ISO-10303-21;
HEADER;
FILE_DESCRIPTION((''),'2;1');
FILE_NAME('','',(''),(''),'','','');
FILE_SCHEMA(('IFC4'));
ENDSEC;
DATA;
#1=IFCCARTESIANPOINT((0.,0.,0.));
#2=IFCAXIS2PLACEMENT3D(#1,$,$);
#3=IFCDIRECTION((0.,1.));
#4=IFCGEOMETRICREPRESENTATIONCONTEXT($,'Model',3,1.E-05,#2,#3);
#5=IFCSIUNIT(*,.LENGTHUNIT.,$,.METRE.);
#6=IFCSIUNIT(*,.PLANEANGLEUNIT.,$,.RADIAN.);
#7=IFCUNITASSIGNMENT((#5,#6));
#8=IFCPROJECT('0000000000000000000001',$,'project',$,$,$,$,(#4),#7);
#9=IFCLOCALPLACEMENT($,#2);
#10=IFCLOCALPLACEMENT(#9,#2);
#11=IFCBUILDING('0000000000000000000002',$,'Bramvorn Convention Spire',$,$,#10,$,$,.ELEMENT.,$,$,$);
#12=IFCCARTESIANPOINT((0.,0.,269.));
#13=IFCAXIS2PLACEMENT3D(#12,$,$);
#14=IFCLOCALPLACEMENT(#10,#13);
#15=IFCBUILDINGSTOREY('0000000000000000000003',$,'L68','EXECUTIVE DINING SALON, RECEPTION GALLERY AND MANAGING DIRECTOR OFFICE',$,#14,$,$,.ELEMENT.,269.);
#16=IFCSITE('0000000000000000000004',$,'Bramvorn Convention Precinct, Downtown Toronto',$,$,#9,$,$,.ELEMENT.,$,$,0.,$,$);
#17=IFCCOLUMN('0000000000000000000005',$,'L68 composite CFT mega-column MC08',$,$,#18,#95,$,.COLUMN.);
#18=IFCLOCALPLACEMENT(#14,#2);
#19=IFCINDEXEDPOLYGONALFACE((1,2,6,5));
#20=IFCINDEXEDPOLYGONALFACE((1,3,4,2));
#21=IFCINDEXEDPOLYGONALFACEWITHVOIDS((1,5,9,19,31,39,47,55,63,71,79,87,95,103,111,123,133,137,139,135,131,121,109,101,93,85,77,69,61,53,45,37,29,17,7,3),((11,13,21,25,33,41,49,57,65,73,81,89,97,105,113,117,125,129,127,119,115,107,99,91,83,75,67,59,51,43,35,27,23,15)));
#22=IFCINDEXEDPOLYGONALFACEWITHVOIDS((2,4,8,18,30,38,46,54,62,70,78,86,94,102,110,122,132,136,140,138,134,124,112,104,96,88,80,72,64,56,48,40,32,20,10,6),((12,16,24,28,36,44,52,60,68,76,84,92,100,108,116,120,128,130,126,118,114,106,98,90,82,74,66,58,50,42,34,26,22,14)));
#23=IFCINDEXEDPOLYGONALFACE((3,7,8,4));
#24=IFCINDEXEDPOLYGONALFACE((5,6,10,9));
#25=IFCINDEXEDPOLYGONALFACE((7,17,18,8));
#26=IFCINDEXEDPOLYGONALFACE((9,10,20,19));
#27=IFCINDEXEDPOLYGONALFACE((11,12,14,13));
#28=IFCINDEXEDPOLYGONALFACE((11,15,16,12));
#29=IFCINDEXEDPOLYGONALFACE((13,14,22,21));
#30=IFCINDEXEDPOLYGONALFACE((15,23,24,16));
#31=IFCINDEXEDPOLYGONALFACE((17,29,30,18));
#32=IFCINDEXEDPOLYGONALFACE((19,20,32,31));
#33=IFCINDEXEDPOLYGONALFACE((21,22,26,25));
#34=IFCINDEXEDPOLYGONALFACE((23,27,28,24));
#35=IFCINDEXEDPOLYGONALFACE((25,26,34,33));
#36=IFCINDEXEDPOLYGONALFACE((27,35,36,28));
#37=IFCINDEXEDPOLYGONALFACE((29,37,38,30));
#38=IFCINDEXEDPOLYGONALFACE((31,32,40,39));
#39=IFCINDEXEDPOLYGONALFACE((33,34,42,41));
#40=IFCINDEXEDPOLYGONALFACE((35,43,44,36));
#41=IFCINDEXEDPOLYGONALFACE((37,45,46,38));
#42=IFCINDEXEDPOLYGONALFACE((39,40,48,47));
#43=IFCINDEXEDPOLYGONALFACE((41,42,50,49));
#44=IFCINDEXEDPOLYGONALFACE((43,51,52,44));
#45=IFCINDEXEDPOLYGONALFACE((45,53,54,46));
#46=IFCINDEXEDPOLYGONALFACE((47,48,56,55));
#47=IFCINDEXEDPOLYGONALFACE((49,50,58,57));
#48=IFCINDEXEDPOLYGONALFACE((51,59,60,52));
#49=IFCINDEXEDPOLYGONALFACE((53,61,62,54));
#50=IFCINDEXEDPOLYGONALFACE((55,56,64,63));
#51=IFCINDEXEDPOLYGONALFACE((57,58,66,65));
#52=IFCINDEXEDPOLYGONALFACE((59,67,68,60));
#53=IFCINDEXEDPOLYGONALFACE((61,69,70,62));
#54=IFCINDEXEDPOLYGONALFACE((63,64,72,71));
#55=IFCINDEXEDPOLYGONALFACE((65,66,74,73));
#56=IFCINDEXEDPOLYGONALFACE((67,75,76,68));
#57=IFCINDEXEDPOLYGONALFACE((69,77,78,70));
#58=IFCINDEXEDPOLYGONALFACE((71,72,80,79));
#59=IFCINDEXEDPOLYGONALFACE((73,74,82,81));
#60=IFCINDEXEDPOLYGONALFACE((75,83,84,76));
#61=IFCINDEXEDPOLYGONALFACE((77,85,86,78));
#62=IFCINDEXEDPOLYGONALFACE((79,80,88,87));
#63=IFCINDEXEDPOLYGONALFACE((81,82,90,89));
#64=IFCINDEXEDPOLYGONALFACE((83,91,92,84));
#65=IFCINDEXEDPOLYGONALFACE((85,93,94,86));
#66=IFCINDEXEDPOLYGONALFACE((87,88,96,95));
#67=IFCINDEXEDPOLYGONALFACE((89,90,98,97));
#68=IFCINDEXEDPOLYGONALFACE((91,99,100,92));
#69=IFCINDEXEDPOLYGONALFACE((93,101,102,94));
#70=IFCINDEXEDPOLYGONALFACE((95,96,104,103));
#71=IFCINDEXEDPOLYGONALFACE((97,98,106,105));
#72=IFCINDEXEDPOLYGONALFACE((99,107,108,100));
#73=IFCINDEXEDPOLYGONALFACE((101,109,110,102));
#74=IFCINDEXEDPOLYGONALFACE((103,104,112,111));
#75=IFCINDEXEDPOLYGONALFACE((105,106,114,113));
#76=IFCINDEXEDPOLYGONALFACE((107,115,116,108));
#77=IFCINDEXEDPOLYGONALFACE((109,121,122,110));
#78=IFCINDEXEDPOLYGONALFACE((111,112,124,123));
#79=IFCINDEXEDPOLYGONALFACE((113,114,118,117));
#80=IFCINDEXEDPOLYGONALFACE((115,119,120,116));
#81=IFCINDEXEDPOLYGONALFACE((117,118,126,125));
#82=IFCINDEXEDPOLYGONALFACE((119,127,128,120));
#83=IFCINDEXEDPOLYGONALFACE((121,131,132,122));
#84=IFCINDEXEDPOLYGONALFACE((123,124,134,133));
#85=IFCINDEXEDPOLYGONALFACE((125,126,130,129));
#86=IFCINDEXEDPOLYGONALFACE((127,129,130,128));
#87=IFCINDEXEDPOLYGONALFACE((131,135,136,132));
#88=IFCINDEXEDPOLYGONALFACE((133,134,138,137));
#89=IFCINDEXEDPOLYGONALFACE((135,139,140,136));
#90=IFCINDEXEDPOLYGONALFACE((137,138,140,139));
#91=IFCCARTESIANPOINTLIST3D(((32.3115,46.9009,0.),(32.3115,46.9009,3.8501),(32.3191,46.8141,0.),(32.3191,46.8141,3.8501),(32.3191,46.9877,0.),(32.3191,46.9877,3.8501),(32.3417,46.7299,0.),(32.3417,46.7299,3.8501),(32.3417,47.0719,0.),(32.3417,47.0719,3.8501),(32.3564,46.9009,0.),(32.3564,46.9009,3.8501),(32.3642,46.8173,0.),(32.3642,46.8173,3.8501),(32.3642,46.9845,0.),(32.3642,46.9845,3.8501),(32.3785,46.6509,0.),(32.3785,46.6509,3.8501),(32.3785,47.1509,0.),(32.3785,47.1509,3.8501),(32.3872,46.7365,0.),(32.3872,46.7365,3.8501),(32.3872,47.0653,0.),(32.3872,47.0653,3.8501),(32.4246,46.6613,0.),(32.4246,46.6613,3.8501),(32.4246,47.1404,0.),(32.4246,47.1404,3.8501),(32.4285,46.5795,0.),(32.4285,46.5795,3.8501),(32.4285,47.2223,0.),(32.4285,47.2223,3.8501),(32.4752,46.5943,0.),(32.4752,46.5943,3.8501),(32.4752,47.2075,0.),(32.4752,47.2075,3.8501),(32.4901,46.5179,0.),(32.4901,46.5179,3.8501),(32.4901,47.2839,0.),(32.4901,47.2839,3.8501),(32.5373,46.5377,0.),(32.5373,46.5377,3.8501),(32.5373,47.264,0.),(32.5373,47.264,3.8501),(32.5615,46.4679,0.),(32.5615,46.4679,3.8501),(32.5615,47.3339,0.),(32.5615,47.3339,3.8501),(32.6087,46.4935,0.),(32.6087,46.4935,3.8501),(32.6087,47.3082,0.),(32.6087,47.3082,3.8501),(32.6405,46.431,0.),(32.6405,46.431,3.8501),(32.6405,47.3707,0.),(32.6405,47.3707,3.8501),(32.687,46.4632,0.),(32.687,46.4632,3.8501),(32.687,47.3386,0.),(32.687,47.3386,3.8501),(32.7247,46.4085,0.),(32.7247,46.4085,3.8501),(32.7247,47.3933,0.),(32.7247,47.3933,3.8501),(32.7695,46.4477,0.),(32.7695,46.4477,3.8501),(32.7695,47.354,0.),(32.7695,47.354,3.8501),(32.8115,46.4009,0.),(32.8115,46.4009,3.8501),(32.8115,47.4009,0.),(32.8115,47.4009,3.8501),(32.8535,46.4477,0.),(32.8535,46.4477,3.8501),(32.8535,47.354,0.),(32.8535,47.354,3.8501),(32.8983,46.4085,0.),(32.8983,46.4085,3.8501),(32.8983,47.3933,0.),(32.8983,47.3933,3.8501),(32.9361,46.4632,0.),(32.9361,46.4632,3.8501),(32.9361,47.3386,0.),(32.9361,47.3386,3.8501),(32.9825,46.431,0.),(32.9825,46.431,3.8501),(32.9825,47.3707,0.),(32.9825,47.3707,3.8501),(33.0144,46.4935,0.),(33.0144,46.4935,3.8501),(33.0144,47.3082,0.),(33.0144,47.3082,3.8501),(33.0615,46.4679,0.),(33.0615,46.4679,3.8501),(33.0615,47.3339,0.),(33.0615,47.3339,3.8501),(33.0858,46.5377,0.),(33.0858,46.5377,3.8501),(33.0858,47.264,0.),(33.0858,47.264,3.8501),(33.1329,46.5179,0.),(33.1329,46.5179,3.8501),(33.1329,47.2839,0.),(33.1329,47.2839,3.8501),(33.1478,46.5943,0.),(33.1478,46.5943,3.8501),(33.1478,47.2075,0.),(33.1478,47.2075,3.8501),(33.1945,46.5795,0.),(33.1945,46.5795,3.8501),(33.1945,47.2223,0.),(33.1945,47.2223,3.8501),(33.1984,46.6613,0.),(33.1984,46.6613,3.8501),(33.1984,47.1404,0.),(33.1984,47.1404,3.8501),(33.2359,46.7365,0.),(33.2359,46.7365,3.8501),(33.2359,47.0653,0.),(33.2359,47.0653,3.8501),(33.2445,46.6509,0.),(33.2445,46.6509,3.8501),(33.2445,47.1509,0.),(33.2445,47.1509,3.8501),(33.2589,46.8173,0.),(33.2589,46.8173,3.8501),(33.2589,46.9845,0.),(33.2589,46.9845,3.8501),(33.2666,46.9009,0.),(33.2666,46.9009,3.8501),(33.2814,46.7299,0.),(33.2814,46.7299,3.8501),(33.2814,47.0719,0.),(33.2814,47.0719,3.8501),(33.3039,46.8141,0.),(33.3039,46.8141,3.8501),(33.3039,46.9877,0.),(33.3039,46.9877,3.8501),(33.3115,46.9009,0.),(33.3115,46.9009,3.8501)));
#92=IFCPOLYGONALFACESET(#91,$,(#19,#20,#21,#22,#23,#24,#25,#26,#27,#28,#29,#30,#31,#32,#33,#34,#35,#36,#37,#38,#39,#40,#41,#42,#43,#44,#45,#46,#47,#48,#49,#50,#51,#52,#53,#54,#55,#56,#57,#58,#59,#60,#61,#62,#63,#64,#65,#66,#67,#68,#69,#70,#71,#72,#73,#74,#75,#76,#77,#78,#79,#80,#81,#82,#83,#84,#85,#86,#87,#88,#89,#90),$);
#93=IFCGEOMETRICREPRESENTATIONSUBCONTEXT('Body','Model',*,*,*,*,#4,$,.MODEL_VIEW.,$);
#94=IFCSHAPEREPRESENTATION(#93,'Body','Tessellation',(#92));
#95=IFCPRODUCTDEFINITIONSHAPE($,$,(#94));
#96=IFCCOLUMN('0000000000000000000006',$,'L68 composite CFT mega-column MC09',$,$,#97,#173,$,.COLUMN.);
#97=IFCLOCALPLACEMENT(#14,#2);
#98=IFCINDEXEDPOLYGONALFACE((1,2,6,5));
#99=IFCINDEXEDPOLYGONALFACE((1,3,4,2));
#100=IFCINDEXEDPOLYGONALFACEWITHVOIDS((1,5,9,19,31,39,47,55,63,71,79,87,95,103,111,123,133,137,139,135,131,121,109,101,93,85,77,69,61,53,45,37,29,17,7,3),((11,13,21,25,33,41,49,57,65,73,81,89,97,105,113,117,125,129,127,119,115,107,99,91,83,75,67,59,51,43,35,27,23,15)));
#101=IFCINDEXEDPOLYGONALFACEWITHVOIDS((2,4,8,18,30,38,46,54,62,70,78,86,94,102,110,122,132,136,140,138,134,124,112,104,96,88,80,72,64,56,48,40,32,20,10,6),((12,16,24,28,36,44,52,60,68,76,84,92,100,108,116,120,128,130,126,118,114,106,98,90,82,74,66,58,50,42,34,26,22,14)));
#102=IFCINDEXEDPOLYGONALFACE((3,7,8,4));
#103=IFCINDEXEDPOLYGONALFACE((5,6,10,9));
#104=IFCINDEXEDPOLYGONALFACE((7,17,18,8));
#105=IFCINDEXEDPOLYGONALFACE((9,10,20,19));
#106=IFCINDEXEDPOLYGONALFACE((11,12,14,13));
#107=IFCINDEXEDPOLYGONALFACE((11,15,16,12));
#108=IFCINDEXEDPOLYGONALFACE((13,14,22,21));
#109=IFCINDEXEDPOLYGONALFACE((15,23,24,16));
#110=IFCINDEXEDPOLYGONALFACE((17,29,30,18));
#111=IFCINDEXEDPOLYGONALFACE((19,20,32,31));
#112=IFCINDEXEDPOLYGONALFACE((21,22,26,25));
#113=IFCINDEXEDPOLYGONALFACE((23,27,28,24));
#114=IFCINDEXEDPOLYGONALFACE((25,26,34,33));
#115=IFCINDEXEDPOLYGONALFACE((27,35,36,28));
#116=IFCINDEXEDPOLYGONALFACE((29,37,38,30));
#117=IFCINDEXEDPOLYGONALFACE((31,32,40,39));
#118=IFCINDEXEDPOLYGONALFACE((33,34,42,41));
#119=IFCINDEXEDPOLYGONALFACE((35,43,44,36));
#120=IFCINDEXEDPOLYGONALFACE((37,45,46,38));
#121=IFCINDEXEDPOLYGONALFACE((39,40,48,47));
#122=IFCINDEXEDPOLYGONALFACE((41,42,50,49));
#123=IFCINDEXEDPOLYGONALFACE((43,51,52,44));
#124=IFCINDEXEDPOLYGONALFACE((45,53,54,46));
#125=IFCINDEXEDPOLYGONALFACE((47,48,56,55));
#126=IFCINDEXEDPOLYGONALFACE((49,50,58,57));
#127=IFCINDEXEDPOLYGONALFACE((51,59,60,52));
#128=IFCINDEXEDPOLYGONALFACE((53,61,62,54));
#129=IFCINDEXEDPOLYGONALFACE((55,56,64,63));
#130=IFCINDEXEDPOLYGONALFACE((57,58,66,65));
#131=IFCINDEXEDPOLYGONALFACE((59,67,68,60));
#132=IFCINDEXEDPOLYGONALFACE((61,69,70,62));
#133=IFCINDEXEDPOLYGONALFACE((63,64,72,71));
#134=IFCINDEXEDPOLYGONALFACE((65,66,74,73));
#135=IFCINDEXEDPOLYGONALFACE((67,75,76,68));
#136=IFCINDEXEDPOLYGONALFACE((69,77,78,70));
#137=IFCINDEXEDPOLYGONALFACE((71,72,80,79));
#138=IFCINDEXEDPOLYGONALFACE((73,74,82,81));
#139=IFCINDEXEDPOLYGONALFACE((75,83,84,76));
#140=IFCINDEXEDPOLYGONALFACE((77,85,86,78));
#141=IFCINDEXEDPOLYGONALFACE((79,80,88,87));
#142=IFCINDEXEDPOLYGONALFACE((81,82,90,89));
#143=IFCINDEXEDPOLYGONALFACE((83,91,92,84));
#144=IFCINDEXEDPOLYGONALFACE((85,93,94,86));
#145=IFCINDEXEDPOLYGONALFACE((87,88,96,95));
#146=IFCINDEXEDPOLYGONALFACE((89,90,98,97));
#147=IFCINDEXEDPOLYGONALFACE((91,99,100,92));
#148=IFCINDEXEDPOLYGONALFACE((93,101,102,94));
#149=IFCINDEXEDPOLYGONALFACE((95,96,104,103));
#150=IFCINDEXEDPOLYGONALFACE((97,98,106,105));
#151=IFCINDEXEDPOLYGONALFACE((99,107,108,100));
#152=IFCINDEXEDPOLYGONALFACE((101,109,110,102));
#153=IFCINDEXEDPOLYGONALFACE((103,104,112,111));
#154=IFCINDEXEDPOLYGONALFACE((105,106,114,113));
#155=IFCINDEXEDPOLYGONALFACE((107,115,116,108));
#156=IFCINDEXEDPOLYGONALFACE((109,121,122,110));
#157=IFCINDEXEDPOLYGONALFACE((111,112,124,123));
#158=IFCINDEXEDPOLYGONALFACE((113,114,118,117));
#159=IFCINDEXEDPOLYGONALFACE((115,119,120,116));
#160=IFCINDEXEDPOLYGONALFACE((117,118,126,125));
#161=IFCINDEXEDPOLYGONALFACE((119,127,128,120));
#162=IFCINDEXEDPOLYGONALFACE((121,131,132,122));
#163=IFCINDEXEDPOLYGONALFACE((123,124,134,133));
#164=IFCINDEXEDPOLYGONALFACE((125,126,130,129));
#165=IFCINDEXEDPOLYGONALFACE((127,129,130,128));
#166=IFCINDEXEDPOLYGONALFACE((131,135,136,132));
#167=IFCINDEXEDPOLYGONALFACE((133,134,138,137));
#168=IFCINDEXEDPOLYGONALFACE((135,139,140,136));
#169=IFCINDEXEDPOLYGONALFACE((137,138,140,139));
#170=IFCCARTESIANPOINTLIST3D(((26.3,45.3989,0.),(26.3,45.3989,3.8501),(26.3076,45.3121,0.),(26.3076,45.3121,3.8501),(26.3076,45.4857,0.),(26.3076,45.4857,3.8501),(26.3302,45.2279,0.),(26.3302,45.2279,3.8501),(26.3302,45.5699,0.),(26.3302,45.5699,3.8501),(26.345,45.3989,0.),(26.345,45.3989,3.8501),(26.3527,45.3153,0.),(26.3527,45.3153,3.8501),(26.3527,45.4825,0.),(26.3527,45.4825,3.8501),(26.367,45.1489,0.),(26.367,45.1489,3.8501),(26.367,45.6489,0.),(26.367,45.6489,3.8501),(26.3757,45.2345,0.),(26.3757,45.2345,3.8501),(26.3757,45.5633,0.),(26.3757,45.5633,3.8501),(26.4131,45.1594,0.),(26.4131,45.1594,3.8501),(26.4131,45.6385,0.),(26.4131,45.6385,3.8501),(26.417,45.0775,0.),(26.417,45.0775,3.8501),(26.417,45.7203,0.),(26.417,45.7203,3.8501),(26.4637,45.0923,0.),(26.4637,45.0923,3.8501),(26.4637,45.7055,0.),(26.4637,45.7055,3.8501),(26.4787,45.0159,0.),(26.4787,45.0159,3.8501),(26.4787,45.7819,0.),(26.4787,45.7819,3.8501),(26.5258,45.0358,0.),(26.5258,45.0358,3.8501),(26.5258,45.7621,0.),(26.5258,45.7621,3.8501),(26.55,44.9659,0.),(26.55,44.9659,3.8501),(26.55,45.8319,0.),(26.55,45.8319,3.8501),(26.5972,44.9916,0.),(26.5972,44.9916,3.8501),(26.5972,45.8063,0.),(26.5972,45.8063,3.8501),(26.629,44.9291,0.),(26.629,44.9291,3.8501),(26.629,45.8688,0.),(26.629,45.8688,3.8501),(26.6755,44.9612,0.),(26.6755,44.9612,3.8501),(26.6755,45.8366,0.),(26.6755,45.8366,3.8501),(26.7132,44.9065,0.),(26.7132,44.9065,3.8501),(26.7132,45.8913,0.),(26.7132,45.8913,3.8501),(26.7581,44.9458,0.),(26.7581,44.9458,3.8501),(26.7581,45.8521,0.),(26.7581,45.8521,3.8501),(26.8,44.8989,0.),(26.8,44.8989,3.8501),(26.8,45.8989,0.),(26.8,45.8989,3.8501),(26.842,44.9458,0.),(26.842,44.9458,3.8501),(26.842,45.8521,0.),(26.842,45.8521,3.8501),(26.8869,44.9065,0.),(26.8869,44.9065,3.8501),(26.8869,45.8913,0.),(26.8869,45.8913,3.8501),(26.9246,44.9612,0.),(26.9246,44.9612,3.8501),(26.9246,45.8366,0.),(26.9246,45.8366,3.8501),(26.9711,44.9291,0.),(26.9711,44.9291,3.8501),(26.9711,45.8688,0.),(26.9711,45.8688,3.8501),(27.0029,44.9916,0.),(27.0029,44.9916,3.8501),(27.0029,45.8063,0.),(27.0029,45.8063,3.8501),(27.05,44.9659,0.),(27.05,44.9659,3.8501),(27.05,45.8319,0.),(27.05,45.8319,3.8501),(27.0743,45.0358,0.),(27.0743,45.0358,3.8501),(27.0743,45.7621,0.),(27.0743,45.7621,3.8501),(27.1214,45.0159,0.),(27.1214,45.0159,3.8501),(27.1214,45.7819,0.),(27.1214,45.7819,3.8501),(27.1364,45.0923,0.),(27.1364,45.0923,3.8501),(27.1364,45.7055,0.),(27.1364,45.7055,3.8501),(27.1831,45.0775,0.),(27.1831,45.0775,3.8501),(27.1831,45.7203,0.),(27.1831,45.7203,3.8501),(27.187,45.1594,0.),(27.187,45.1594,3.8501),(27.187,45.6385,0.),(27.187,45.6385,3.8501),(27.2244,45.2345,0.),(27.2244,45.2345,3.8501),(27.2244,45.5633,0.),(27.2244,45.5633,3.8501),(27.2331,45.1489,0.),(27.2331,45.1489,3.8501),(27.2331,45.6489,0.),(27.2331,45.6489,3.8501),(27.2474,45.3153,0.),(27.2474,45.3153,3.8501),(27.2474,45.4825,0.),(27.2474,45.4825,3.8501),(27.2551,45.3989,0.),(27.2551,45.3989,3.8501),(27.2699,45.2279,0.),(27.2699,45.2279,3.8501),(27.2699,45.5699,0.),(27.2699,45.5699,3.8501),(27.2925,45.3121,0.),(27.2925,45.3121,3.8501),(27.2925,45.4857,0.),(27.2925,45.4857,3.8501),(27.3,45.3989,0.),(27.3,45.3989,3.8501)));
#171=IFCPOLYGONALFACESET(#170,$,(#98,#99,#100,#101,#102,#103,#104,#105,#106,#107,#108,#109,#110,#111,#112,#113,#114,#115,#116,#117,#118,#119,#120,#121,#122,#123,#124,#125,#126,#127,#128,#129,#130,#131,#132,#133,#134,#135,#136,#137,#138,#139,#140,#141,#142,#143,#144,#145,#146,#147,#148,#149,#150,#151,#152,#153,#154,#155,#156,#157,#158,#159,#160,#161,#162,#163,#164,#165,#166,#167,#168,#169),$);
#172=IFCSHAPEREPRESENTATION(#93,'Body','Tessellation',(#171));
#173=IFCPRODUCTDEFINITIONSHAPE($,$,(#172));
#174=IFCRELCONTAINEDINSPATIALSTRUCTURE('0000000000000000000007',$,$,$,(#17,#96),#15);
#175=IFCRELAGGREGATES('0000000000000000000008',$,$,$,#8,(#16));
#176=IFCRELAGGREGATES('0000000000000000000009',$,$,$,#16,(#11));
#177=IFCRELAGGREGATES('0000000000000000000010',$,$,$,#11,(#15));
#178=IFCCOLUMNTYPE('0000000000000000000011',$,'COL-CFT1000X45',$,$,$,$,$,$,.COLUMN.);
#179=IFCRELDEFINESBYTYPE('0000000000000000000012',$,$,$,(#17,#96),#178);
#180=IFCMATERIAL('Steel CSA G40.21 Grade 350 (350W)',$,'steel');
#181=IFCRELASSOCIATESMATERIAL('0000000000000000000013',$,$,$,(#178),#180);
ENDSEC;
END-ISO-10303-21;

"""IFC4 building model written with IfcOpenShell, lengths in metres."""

from ifc_helpers import new_model, si_unit, direction, frame, origin, origin_2d, place, context, subcontext, project, spatial, hollow_circle, extrude, material, material_profile, profile_set, type_object, element, save


model = new_model("IFC4")

# Units and contexts
model_context = context("Model", 3, precision=1e-05, world=origin(), true_north=direction((0.0, 1.0)))
body_context = subcontext(model_context, "Body", "Model", "MODEL_VIEW")
ifc_project = project(units=[si_unit("LENGTHUNIT", "METRE"), si_unit("PLANEANGLEUNIT", "RADIAN")], contexts=[model_context])

# Site, building, storey
site_placement = place(None, origin())
site = spatial("IfcSite", under=ifc_project, at=site_placement, Name="Bramvorn Convention Precinct, Downtown Toronto", CompositionType="ELEMENT", RefElevation=0.0)
building_placement = place(site_placement, origin())
building = spatial("IfcBuilding", under=site, at=building_placement, Name="Bramvorn Convention Spire", CompositionType="ELEMENT")
storey_placement = place(building_placement, frame((0.0, 0.0, 269.0)))
storey = spatial("IfcBuildingStorey", under=building, at=storey_placement, Name="L68", Description="EXECUTIVE DINING SALON, RECEPTION GALLERY AND MANAGING DIRECTOR OFFICE", CompositionType="ELEMENT", Elevation=269.0)

# Columns
ifc_material_1 = material(Name="Steel CSA G40.21 Grade 350 (350W)", Category="steel")
ifc_material_profile_1 = material_profile(ifc_material_1, hollow_circle(Radius=0.5, WallThickness=0.0449, at=origin_2d()))
ifc_profile_set_1 = profile_set([ifc_material_profile_1], Name="Steel CSA G40.21 Grade 350 (350W) - CFT1000X45")
column_type = type_object("IfcColumnType", Name="COL-CFT1000X45", PredefinedType="COLUMN", material=ifc_profile_set_1)
for number, where, z_axis, x_axis, name in (
    (1, (32.8115, 46.9009, 0.0), (0.0, 0.0, 1.0), (1.0, 0.0, 0.0), "L68 composite CFT mega-column MC08"),
    (2, (26.8, 45.3989, 0.0), (0.0, 0.0, 1.0), (1.0, 0.0, 0.0), "L68 composite CFT mega-column MC09"),
):
    element("IfcColumn", number, at=place(storey_placement, frame(where, z_axis=z_axis, x_axis=x_axis)), inside=storey, type_object=column_type, Name=name, PredefinedType="COLUMN", context=body_context, shape_type="SweptSolid", body=[
        extrude(hollow_circle(Radius=0.5, WallThickness=0.0449, at=origin_2d()), origin(), (0.0, 0.0, 1.0), 3.8501),
    ])

save(model, "model.ifc")
